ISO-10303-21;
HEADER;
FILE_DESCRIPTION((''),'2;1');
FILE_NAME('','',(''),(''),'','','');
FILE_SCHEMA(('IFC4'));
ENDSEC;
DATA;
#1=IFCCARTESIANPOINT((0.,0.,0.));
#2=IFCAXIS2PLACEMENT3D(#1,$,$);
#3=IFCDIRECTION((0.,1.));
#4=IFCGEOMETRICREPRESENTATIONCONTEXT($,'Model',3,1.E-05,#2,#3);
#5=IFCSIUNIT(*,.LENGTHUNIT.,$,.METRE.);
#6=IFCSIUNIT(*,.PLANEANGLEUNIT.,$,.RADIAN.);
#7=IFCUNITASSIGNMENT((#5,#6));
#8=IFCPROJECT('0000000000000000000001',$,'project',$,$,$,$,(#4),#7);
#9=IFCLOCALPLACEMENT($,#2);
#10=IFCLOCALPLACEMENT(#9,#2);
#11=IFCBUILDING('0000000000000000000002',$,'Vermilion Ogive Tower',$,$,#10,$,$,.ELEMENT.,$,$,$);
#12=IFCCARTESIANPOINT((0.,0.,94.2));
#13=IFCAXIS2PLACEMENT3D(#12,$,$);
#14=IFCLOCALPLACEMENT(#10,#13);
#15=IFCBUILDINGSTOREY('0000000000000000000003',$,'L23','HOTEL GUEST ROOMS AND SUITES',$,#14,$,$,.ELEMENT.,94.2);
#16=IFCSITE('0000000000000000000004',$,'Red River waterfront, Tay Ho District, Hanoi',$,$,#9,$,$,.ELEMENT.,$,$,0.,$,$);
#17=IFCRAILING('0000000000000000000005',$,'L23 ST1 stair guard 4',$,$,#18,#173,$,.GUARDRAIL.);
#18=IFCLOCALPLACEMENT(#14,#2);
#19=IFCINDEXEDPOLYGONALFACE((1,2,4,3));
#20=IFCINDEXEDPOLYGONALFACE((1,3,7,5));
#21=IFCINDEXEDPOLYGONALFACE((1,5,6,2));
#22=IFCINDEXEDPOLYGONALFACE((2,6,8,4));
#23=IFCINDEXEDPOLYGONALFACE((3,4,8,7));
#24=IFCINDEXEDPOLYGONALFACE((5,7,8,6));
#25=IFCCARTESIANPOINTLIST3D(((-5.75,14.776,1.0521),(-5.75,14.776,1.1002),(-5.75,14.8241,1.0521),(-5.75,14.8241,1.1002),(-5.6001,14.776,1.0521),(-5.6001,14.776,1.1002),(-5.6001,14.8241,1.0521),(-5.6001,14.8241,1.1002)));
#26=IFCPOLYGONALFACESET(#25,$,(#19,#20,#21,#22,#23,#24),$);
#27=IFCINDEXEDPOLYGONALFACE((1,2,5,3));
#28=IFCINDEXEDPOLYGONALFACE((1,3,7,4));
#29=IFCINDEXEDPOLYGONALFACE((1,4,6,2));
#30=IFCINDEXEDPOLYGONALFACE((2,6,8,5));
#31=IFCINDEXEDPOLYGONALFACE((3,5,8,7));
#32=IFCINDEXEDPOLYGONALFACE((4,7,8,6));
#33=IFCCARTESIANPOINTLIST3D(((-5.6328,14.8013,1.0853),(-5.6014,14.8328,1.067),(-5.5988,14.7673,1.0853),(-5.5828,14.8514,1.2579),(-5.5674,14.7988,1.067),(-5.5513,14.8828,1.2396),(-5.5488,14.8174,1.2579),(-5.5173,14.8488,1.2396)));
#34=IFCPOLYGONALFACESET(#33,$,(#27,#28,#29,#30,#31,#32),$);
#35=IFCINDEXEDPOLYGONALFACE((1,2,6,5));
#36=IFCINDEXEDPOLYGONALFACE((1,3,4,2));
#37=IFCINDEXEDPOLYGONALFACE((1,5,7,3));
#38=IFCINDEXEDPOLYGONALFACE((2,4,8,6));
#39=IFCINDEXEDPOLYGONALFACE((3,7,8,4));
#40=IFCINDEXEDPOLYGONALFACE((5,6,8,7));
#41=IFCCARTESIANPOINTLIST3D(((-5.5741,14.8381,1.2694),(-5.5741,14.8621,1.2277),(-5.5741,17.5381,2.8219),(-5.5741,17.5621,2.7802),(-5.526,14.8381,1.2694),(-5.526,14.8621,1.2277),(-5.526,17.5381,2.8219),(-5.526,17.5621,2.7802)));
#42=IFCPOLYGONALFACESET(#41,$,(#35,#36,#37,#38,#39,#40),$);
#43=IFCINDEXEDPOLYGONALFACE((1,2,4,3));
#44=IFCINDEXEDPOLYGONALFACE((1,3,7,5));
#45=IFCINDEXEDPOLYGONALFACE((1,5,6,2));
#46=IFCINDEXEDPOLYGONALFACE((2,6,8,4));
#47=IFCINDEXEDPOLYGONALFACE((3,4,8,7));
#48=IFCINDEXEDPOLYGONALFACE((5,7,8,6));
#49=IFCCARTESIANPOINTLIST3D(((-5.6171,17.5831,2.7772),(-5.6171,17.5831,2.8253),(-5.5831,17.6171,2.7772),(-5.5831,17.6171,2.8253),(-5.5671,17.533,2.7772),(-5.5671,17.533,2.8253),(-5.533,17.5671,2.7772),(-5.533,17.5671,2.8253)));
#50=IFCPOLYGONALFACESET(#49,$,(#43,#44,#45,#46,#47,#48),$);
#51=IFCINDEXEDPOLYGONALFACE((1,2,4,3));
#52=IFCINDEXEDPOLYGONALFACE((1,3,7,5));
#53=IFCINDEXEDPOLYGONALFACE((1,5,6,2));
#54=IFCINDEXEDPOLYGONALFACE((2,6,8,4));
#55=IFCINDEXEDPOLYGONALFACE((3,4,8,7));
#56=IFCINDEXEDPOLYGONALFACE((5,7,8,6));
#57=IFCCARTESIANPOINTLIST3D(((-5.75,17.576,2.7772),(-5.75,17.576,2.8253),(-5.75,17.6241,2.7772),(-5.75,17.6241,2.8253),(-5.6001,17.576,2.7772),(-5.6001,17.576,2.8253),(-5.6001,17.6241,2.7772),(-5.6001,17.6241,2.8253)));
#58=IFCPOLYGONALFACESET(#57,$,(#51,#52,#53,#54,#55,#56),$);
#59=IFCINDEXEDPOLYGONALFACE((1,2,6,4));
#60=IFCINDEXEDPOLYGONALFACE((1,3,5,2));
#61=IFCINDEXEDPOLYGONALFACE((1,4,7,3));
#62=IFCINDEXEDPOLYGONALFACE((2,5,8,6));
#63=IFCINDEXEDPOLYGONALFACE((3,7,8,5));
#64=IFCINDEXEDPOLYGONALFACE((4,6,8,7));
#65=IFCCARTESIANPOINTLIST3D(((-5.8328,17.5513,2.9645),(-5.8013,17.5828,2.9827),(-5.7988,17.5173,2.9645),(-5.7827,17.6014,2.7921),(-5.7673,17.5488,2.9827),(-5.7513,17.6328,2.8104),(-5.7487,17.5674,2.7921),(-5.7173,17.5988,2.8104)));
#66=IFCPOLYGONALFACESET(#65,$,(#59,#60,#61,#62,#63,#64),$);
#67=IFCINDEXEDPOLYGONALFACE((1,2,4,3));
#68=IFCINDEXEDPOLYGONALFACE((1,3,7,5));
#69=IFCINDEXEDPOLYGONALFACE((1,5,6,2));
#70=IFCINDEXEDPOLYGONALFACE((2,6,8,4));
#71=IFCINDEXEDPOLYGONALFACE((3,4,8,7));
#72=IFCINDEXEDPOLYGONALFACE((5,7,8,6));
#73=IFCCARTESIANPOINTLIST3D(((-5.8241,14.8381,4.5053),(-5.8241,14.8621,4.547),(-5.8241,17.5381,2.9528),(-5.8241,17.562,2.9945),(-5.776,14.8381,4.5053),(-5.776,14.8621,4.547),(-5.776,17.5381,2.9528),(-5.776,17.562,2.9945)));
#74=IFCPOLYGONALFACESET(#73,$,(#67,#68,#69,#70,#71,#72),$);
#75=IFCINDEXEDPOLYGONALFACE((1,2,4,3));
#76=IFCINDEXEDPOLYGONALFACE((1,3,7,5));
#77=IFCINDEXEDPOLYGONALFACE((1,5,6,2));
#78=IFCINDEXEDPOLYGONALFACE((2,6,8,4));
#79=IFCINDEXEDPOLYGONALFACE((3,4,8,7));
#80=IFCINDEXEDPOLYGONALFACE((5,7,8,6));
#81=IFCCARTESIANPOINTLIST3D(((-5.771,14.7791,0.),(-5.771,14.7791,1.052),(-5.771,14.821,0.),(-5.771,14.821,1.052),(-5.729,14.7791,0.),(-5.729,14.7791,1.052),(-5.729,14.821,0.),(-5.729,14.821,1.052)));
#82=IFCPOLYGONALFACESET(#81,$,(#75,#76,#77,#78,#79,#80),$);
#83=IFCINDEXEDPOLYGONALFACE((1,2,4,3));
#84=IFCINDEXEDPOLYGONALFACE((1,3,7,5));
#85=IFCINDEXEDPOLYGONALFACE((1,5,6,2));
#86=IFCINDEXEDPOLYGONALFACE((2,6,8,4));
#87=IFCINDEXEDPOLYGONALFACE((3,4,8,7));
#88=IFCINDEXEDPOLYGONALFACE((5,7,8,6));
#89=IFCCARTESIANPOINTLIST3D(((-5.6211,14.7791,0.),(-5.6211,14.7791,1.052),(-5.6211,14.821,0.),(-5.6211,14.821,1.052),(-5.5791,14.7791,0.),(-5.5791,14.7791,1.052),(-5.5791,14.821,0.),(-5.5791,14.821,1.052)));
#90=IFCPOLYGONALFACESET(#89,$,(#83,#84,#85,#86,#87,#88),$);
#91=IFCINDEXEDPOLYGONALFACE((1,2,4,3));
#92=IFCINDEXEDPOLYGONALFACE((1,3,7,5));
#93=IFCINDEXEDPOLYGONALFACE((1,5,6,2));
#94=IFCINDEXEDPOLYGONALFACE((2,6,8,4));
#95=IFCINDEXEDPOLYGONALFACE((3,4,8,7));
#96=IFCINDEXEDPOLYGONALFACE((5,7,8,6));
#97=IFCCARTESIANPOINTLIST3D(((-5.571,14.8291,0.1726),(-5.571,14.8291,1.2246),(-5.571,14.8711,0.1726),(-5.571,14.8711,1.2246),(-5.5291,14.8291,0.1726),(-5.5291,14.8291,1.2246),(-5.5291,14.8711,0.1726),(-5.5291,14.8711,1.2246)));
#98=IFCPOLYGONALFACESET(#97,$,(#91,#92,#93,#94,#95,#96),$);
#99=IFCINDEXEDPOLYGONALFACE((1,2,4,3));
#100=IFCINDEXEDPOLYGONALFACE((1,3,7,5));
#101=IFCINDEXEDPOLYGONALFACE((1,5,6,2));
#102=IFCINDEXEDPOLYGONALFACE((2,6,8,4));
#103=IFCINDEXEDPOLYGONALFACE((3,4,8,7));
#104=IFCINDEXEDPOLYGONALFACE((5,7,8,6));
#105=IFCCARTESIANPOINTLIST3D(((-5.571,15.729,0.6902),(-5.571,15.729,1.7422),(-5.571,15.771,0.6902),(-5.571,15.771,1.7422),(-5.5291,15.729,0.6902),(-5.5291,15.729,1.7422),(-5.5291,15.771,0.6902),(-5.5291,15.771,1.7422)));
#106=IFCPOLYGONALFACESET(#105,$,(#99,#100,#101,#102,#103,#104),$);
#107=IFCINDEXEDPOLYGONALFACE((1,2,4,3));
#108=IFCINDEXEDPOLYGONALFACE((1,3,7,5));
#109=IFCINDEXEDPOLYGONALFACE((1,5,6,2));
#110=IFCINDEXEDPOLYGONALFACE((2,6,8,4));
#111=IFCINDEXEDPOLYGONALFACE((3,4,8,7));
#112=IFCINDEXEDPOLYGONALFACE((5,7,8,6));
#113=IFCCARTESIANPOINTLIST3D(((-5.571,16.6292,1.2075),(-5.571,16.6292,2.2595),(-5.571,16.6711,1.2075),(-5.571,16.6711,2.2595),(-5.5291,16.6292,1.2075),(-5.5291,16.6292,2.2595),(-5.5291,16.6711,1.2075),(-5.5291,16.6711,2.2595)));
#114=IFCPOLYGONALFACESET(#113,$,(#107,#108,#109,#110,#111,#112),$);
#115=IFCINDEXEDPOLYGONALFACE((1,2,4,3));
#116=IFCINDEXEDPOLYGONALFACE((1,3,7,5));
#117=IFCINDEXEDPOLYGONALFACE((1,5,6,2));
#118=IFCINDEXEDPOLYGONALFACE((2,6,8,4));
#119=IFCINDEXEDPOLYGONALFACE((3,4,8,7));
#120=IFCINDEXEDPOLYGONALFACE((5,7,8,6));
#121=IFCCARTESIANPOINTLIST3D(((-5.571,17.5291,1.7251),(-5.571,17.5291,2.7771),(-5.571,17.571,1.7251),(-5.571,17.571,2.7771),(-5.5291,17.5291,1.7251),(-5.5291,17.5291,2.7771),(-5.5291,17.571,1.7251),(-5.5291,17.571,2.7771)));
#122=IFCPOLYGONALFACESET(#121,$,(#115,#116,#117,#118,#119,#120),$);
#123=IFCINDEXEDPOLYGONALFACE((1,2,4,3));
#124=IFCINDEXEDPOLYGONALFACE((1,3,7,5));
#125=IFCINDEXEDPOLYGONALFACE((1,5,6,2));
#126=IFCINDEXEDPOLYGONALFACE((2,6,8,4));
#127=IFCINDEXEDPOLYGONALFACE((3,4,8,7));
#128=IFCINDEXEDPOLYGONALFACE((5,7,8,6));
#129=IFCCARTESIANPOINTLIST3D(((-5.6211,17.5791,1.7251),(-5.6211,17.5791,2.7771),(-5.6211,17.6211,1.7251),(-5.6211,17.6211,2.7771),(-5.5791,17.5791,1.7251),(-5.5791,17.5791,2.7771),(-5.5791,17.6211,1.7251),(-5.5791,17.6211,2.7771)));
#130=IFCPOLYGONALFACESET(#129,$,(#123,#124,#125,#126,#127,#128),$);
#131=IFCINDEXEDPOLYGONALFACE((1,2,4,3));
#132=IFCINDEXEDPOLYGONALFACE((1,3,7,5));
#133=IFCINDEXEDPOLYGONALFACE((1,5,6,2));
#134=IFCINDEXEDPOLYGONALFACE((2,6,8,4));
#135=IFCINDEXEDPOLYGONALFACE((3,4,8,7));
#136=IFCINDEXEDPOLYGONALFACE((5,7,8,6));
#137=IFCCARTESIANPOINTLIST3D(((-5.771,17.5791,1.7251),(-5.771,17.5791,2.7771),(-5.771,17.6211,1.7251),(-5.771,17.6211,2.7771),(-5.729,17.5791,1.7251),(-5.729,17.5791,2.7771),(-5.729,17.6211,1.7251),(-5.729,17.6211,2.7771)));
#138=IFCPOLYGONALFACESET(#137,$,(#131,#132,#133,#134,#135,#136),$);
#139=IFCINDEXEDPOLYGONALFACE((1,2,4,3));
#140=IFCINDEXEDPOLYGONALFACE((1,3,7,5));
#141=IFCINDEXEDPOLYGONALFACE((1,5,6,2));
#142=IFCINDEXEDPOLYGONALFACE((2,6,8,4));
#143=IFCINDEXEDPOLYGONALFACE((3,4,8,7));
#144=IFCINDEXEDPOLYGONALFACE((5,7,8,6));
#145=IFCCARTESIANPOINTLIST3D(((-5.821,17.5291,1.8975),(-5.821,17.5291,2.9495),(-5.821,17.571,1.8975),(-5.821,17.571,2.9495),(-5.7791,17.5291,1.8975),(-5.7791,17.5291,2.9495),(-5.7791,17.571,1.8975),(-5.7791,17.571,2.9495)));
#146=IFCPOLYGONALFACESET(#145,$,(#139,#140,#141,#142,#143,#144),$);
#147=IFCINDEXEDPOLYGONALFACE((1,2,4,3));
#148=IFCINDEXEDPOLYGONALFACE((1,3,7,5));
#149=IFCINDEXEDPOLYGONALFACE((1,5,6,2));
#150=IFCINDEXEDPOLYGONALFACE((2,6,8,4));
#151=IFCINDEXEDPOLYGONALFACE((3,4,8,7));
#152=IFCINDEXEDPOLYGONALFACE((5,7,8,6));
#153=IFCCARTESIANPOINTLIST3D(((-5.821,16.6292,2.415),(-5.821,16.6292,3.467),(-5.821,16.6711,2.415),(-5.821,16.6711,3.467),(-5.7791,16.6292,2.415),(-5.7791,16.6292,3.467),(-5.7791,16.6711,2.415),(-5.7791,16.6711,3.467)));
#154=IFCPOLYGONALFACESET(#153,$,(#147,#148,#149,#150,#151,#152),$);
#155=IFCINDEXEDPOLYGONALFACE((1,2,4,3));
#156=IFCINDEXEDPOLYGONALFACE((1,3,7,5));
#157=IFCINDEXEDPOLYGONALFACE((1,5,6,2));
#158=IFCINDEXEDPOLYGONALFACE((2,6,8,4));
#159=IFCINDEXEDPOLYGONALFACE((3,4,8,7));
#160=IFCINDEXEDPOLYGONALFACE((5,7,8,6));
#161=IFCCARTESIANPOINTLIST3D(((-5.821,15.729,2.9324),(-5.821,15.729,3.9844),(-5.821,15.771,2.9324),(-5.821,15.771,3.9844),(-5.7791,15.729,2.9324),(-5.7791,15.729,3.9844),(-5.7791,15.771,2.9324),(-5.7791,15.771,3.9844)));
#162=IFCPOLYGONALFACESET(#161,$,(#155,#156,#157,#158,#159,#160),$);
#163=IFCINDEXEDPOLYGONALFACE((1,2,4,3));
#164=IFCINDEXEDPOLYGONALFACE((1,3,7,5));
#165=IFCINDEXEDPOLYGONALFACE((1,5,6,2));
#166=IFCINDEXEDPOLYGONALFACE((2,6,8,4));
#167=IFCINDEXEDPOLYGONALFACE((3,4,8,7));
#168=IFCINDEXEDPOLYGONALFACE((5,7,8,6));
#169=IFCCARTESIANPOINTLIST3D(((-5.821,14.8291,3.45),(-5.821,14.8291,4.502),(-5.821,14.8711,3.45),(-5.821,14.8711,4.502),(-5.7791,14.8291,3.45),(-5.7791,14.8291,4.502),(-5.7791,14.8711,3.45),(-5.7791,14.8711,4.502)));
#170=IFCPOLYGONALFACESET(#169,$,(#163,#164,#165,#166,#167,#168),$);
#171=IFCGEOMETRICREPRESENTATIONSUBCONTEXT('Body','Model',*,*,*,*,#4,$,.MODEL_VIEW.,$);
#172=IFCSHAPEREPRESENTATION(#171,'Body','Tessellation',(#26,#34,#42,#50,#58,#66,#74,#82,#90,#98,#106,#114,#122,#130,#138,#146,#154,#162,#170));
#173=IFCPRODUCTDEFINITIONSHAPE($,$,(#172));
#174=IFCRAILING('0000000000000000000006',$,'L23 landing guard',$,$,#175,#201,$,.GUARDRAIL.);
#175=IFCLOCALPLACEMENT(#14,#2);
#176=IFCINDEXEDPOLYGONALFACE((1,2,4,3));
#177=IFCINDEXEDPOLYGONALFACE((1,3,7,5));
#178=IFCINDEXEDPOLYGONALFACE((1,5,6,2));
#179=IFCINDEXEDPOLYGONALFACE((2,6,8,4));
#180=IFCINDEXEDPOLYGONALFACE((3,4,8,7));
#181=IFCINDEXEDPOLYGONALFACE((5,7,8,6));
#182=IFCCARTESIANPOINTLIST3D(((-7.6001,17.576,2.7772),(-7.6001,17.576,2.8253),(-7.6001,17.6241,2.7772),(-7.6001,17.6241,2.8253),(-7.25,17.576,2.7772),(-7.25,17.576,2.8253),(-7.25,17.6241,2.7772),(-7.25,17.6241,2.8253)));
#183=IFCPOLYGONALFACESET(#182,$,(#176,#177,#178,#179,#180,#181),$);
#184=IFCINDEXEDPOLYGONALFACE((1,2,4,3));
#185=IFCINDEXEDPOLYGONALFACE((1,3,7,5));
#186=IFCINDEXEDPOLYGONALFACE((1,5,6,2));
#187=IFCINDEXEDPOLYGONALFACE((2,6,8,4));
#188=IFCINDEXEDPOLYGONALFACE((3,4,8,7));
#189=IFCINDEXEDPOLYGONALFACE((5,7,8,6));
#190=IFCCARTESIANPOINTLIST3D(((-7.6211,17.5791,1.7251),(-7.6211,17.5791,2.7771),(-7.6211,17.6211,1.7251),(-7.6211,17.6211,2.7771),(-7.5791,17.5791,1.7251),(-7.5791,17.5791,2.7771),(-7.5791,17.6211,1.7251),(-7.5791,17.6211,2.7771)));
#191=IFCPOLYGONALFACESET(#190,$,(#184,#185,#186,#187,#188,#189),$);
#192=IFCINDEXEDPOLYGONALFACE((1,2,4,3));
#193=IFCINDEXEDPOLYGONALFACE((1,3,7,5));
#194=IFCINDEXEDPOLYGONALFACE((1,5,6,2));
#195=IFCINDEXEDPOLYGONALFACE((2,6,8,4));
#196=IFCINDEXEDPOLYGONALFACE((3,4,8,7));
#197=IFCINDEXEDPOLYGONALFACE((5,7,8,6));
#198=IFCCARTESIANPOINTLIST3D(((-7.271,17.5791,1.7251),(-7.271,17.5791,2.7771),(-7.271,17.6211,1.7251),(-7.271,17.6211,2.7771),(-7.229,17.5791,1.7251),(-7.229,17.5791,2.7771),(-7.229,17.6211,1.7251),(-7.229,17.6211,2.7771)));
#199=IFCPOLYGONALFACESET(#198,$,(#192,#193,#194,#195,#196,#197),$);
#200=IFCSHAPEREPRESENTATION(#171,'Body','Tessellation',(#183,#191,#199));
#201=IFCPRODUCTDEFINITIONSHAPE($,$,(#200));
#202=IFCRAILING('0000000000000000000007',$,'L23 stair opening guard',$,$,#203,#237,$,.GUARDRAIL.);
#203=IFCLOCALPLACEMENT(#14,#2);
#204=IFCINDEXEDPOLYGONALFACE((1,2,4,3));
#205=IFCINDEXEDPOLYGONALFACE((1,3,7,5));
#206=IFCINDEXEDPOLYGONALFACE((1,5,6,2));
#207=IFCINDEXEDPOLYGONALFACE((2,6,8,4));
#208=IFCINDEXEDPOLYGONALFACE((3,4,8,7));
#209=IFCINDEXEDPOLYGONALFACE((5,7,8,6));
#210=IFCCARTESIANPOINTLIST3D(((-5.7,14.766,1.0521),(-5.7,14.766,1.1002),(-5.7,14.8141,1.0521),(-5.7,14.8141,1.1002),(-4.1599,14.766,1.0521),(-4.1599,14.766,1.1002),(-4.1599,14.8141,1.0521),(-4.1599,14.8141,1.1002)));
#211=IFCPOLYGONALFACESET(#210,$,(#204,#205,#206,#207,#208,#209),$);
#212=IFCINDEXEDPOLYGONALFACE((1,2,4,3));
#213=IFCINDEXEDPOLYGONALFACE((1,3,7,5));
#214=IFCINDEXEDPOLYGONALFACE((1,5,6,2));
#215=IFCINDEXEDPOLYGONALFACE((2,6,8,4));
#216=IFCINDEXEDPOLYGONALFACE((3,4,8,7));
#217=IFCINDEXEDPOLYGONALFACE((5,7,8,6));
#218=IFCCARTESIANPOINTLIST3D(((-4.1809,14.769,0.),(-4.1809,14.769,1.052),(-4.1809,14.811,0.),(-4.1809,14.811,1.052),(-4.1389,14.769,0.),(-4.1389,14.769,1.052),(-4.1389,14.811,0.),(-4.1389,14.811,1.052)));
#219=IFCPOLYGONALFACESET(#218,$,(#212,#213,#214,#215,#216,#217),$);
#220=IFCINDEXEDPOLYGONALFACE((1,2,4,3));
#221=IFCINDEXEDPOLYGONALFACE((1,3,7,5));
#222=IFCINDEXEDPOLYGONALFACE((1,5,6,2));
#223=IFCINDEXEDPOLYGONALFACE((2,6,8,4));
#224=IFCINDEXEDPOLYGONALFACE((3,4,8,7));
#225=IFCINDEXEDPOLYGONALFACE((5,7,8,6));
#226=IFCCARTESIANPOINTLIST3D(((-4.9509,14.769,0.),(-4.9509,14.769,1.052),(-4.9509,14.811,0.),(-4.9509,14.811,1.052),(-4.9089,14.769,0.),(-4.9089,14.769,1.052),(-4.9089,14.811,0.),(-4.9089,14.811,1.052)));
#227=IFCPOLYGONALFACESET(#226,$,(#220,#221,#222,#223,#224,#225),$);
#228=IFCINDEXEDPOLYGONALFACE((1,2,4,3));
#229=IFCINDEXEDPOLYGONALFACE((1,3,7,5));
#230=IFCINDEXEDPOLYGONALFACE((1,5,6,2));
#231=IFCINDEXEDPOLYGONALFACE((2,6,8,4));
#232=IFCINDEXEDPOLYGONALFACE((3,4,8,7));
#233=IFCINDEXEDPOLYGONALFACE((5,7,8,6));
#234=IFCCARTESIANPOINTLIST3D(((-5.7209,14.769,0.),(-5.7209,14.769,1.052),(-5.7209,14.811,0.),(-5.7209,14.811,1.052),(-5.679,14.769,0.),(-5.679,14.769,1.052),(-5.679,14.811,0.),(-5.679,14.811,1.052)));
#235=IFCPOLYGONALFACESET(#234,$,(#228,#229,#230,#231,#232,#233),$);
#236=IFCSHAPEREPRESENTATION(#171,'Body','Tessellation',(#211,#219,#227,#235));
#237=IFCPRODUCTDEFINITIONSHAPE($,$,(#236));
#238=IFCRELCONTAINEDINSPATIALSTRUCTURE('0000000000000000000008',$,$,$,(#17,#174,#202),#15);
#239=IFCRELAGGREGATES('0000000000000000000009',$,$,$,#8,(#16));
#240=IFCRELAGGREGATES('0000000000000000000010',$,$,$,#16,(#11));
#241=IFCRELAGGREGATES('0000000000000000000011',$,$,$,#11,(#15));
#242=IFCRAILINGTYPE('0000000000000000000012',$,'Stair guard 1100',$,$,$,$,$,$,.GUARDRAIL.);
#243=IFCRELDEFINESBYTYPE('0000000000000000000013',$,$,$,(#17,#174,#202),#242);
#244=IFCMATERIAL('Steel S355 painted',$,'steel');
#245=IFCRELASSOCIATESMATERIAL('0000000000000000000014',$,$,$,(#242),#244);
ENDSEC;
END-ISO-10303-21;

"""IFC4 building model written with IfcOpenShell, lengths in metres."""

from ifc_helpers import new_model, si_unit, direction, frame, origin, origin_2d, place, context, subcontext, project, spatial, rectangle, extrude, material, type_object, element, save


model = new_model("IFC4")

# Units and contexts
model_context = context("Model", 3, precision=1e-05, world=origin(), true_north=direction((0.0, 1.0)))
body_context = subcontext(model_context, "Body", "Model", "MODEL_VIEW")
ifc_project = project(units=[si_unit("LENGTHUNIT", "METRE"), si_unit("PLANEANGLEUNIT", "RADIAN")], contexts=[model_context])

# Site, building, storey
site_placement = place(None, origin())
site = spatial("IfcSite", under=ifc_project, at=site_placement, Name="Red River waterfront, Tay Ho District, Hanoi", CompositionType="ELEMENT", RefElevation=0.0)
building_placement = place(site_placement, origin())
building = spatial("IfcBuilding", under=site, at=building_placement, Name="Vermilion Ogive Tower", CompositionType="ELEMENT")
storey_placement = place(building_placement, frame((0.0, 0.0, 94.2)))
storey = spatial("IfcBuildingStorey", under=building, at=storey_placement, Name="L23", Description="HOTEL GUEST ROOMS AND SUITES", CompositionType="ELEMENT", Elevation=94.2)

# Railings
ifc_material_1 = material(Name="Steel S355 painted", Category="steel")
railing_type_1 = type_object("IfcRailingType", Name="Stair guard 1100", PredefinedType="GUARDRAIL", material=ifc_material_1)
railing_1_placement = place(storey_placement, frame((-5.75, 14.8, 0.0)))
element("IfcRailing", 1, at=railing_1_placement, inside=storey, type_object=railing_type_1, Name="L23 ST1 stair guard 4", PredefinedType="GUARDRAIL", context=body_context, shape_type="SweptSolid", body=[
    extrude(rectangle(XDim=0.0481, YDim=0.0481, at=origin_2d()), frame((0.0, 0.0, 1.0762), z_axis=(1.0, 0.0, 0.0), x_axis=(0.0, 1.0, 0.0)), (0.0, 0.0, 1.0), 0.1499),
    extrude(rectangle(XDim=0.0481, YDim=0.0481, at=origin_2d()), frame((0.1499, 0.0, 1.0762), z_axis=(0.268278, 0.268278, 0.925232), x_axis=(-0.707107, 0.707107, 0.0)), (0.0, 0.0, 1.0), 0.1865),
    extrude(rectangle(XDim=0.0481, YDim=0.0481, at=origin_2d()), frame((0.2, 0.05, 1.2485), z_axis=(0.0, 0.866904, 0.498476), x_axis=(-1.0, 0.0, 0.0)), (0.0, 0.0, 1.0), 3.1145),
    extrude(rectangle(XDim=0.0481, YDim=0.0481, at=origin_2d()), frame((0.2, 2.75, 2.8013), z_axis=(-0.707107, 0.707107, 0.0), x_axis=(-0.707107, -0.707107, 0.0)), (0.0, 0.0, 1.0), 0.0708),
    extrude(rectangle(XDim=0.0481, YDim=0.0481, at=origin_2d()), frame((0.1499, 2.8, 2.8013), z_axis=(-1.0, 0.0, 0.0), x_axis=(0.0, -1.0, 0.0)), (0.0, 0.0, 1.0), 0.1499),
    extrude(rectangle(XDim=0.0481, YDim=0.0481, at=origin_2d()), frame((0.0, 2.8, 2.8013), z_axis=(-0.268603, -0.268603, 0.925043), x_axis=(0.707107, -0.707107, 0.0)), (0.0, 0.0, 1.0), 0.1863),
    extrude(rectangle(XDim=0.0481, YDim=0.0481, at=origin_2d()), frame((-0.05, 2.75, 2.9736), z_axis=(0.0, -0.866904, 0.498476), x_axis=(1.0, 0.0, 0.0)), (0.0, 0.0, 1.0), 3.1145),
    extrude(rectangle(XDim=0.042, YDim=0.042, at=origin_2d()), origin(), (0.0, 0.0, 1.0), 1.052),
    extrude(rectangle(XDim=0.042, YDim=0.042, at=origin_2d()), frame((0.1499, 0.0, 0.0)), (0.0, 0.0, 1.0), 1.052),
    extrude(rectangle(XDim=0.042, YDim=0.042, at=origin_2d()), frame((0.2, 0.05, 0.1726)), (0.0, 0.0, 1.0), 1.052),
    extrude(rectangle(XDim=0.042, YDim=0.042, at=origin_2d()), frame((0.2, 0.95, 0.6902)), (0.0, 0.0, 1.0), 1.052),
    extrude(rectangle(XDim=0.042, YDim=0.042, at=origin_2d()), frame((0.2, 1.8501, 1.2075)), (0.0, 0.0, 1.0), 1.052),
    extrude(rectangle(XDim=0.042, YDim=0.042, at=origin_2d()), frame((0.2, 2.75, 1.7251)), (0.0, 0.0, 1.0), 1.052),
    extrude(rectangle(XDim=0.042, YDim=0.042, at=origin_2d()), frame((0.1499, 2.8, 1.7251)), (0.0, 0.0, 1.0), 1.052),
    extrude(rectangle(XDim=0.042, YDim=0.042, at=origin_2d()), frame((0.0, 2.8, 1.7251)), (0.0, 0.0, 1.0), 1.052),
    extrude(rectangle(XDim=0.042, YDim=0.042, at=origin_2d()), frame((-0.05, 2.75, 1.8975)), (0.0, 0.0, 1.0), 1.052),
    extrude(rectangle(XDim=0.042, YDim=0.042, at=origin_2d()), frame((-0.05, 1.8501, 2.415)), (0.0, 0.0, 1.0), 1.052),
    extrude(rectangle(XDim=0.042, YDim=0.042, at=origin_2d()), frame((-0.05, 0.95, 2.9324)), (0.0, 0.0, 1.0), 1.052),
    extrude(rectangle(XDim=0.042, YDim=0.042, at=origin_2d()), frame((-0.05, 0.05, 3.45)), (0.0, 0.0, 1.0), 1.052),
])
railing_2_placement = place(storey_placement, frame((-7.6001, 17.6001, 1.7251)))
element("IfcRailing", 2, at=railing_2_placement, inside=storey, type_object=railing_type_1, Name="L23 landing guard", PredefinedType="GUARDRAIL", context=body_context, shape_type="SweptSolid", body=[
    extrude(rectangle(XDim=0.0481, YDim=0.0481, at=origin_2d()), frame((0.0, 0.0, 1.0762), z_axis=(1.0, 0.0, 0.0), x_axis=(0.0, 1.0, 0.0)), (0.0, 0.0, 1.0), 0.3501),
    extrude(rectangle(XDim=0.042, YDim=0.042, at=origin_2d()), origin(), (0.0, 0.0, 1.0), 1.052),
    extrude(rectangle(XDim=0.042, YDim=0.042, at=origin_2d()), frame((0.3501, 0.0, 0.0)), (0.0, 0.0, 1.0), 1.052),
])
railing_3_placement = place(storey_placement, frame((-4.1599, 14.79, 0.0)))
element("IfcRailing", 3, at=railing_3_placement, inside=storey, type_object=railing_type_1, Name="L23 stair opening guard", PredefinedType="GUARDRAIL", context=body_context, shape_type="SweptSolid", body=[
    extrude(rectangle(XDim=0.0481, YDim=0.0481, at=origin_2d()), frame((0.0, 0.0, 1.0762), z_axis=(-1.0, 0.0, 0.0), x_axis=(0.0, -1.0, 0.0)), (0.0, 0.0, 1.0), 1.54),
    extrude(rectangle(XDim=0.042, YDim=0.042, at=origin_2d()), origin(), (0.0, 0.0, 1.0), 1.052),
    extrude(rectangle(XDim=0.042, YDim=0.042, at=origin_2d()), frame((-0.77, 0.0, 0.0)), (0.0, 0.0, 1.0), 1.052),
    extrude(rectangle(XDim=0.042, YDim=0.042, at=origin_2d()), frame((-1.54, 0.0, 0.0)), (0.0, 0.0, 1.0), 1.052),
])

save(model, "model.ifc")
